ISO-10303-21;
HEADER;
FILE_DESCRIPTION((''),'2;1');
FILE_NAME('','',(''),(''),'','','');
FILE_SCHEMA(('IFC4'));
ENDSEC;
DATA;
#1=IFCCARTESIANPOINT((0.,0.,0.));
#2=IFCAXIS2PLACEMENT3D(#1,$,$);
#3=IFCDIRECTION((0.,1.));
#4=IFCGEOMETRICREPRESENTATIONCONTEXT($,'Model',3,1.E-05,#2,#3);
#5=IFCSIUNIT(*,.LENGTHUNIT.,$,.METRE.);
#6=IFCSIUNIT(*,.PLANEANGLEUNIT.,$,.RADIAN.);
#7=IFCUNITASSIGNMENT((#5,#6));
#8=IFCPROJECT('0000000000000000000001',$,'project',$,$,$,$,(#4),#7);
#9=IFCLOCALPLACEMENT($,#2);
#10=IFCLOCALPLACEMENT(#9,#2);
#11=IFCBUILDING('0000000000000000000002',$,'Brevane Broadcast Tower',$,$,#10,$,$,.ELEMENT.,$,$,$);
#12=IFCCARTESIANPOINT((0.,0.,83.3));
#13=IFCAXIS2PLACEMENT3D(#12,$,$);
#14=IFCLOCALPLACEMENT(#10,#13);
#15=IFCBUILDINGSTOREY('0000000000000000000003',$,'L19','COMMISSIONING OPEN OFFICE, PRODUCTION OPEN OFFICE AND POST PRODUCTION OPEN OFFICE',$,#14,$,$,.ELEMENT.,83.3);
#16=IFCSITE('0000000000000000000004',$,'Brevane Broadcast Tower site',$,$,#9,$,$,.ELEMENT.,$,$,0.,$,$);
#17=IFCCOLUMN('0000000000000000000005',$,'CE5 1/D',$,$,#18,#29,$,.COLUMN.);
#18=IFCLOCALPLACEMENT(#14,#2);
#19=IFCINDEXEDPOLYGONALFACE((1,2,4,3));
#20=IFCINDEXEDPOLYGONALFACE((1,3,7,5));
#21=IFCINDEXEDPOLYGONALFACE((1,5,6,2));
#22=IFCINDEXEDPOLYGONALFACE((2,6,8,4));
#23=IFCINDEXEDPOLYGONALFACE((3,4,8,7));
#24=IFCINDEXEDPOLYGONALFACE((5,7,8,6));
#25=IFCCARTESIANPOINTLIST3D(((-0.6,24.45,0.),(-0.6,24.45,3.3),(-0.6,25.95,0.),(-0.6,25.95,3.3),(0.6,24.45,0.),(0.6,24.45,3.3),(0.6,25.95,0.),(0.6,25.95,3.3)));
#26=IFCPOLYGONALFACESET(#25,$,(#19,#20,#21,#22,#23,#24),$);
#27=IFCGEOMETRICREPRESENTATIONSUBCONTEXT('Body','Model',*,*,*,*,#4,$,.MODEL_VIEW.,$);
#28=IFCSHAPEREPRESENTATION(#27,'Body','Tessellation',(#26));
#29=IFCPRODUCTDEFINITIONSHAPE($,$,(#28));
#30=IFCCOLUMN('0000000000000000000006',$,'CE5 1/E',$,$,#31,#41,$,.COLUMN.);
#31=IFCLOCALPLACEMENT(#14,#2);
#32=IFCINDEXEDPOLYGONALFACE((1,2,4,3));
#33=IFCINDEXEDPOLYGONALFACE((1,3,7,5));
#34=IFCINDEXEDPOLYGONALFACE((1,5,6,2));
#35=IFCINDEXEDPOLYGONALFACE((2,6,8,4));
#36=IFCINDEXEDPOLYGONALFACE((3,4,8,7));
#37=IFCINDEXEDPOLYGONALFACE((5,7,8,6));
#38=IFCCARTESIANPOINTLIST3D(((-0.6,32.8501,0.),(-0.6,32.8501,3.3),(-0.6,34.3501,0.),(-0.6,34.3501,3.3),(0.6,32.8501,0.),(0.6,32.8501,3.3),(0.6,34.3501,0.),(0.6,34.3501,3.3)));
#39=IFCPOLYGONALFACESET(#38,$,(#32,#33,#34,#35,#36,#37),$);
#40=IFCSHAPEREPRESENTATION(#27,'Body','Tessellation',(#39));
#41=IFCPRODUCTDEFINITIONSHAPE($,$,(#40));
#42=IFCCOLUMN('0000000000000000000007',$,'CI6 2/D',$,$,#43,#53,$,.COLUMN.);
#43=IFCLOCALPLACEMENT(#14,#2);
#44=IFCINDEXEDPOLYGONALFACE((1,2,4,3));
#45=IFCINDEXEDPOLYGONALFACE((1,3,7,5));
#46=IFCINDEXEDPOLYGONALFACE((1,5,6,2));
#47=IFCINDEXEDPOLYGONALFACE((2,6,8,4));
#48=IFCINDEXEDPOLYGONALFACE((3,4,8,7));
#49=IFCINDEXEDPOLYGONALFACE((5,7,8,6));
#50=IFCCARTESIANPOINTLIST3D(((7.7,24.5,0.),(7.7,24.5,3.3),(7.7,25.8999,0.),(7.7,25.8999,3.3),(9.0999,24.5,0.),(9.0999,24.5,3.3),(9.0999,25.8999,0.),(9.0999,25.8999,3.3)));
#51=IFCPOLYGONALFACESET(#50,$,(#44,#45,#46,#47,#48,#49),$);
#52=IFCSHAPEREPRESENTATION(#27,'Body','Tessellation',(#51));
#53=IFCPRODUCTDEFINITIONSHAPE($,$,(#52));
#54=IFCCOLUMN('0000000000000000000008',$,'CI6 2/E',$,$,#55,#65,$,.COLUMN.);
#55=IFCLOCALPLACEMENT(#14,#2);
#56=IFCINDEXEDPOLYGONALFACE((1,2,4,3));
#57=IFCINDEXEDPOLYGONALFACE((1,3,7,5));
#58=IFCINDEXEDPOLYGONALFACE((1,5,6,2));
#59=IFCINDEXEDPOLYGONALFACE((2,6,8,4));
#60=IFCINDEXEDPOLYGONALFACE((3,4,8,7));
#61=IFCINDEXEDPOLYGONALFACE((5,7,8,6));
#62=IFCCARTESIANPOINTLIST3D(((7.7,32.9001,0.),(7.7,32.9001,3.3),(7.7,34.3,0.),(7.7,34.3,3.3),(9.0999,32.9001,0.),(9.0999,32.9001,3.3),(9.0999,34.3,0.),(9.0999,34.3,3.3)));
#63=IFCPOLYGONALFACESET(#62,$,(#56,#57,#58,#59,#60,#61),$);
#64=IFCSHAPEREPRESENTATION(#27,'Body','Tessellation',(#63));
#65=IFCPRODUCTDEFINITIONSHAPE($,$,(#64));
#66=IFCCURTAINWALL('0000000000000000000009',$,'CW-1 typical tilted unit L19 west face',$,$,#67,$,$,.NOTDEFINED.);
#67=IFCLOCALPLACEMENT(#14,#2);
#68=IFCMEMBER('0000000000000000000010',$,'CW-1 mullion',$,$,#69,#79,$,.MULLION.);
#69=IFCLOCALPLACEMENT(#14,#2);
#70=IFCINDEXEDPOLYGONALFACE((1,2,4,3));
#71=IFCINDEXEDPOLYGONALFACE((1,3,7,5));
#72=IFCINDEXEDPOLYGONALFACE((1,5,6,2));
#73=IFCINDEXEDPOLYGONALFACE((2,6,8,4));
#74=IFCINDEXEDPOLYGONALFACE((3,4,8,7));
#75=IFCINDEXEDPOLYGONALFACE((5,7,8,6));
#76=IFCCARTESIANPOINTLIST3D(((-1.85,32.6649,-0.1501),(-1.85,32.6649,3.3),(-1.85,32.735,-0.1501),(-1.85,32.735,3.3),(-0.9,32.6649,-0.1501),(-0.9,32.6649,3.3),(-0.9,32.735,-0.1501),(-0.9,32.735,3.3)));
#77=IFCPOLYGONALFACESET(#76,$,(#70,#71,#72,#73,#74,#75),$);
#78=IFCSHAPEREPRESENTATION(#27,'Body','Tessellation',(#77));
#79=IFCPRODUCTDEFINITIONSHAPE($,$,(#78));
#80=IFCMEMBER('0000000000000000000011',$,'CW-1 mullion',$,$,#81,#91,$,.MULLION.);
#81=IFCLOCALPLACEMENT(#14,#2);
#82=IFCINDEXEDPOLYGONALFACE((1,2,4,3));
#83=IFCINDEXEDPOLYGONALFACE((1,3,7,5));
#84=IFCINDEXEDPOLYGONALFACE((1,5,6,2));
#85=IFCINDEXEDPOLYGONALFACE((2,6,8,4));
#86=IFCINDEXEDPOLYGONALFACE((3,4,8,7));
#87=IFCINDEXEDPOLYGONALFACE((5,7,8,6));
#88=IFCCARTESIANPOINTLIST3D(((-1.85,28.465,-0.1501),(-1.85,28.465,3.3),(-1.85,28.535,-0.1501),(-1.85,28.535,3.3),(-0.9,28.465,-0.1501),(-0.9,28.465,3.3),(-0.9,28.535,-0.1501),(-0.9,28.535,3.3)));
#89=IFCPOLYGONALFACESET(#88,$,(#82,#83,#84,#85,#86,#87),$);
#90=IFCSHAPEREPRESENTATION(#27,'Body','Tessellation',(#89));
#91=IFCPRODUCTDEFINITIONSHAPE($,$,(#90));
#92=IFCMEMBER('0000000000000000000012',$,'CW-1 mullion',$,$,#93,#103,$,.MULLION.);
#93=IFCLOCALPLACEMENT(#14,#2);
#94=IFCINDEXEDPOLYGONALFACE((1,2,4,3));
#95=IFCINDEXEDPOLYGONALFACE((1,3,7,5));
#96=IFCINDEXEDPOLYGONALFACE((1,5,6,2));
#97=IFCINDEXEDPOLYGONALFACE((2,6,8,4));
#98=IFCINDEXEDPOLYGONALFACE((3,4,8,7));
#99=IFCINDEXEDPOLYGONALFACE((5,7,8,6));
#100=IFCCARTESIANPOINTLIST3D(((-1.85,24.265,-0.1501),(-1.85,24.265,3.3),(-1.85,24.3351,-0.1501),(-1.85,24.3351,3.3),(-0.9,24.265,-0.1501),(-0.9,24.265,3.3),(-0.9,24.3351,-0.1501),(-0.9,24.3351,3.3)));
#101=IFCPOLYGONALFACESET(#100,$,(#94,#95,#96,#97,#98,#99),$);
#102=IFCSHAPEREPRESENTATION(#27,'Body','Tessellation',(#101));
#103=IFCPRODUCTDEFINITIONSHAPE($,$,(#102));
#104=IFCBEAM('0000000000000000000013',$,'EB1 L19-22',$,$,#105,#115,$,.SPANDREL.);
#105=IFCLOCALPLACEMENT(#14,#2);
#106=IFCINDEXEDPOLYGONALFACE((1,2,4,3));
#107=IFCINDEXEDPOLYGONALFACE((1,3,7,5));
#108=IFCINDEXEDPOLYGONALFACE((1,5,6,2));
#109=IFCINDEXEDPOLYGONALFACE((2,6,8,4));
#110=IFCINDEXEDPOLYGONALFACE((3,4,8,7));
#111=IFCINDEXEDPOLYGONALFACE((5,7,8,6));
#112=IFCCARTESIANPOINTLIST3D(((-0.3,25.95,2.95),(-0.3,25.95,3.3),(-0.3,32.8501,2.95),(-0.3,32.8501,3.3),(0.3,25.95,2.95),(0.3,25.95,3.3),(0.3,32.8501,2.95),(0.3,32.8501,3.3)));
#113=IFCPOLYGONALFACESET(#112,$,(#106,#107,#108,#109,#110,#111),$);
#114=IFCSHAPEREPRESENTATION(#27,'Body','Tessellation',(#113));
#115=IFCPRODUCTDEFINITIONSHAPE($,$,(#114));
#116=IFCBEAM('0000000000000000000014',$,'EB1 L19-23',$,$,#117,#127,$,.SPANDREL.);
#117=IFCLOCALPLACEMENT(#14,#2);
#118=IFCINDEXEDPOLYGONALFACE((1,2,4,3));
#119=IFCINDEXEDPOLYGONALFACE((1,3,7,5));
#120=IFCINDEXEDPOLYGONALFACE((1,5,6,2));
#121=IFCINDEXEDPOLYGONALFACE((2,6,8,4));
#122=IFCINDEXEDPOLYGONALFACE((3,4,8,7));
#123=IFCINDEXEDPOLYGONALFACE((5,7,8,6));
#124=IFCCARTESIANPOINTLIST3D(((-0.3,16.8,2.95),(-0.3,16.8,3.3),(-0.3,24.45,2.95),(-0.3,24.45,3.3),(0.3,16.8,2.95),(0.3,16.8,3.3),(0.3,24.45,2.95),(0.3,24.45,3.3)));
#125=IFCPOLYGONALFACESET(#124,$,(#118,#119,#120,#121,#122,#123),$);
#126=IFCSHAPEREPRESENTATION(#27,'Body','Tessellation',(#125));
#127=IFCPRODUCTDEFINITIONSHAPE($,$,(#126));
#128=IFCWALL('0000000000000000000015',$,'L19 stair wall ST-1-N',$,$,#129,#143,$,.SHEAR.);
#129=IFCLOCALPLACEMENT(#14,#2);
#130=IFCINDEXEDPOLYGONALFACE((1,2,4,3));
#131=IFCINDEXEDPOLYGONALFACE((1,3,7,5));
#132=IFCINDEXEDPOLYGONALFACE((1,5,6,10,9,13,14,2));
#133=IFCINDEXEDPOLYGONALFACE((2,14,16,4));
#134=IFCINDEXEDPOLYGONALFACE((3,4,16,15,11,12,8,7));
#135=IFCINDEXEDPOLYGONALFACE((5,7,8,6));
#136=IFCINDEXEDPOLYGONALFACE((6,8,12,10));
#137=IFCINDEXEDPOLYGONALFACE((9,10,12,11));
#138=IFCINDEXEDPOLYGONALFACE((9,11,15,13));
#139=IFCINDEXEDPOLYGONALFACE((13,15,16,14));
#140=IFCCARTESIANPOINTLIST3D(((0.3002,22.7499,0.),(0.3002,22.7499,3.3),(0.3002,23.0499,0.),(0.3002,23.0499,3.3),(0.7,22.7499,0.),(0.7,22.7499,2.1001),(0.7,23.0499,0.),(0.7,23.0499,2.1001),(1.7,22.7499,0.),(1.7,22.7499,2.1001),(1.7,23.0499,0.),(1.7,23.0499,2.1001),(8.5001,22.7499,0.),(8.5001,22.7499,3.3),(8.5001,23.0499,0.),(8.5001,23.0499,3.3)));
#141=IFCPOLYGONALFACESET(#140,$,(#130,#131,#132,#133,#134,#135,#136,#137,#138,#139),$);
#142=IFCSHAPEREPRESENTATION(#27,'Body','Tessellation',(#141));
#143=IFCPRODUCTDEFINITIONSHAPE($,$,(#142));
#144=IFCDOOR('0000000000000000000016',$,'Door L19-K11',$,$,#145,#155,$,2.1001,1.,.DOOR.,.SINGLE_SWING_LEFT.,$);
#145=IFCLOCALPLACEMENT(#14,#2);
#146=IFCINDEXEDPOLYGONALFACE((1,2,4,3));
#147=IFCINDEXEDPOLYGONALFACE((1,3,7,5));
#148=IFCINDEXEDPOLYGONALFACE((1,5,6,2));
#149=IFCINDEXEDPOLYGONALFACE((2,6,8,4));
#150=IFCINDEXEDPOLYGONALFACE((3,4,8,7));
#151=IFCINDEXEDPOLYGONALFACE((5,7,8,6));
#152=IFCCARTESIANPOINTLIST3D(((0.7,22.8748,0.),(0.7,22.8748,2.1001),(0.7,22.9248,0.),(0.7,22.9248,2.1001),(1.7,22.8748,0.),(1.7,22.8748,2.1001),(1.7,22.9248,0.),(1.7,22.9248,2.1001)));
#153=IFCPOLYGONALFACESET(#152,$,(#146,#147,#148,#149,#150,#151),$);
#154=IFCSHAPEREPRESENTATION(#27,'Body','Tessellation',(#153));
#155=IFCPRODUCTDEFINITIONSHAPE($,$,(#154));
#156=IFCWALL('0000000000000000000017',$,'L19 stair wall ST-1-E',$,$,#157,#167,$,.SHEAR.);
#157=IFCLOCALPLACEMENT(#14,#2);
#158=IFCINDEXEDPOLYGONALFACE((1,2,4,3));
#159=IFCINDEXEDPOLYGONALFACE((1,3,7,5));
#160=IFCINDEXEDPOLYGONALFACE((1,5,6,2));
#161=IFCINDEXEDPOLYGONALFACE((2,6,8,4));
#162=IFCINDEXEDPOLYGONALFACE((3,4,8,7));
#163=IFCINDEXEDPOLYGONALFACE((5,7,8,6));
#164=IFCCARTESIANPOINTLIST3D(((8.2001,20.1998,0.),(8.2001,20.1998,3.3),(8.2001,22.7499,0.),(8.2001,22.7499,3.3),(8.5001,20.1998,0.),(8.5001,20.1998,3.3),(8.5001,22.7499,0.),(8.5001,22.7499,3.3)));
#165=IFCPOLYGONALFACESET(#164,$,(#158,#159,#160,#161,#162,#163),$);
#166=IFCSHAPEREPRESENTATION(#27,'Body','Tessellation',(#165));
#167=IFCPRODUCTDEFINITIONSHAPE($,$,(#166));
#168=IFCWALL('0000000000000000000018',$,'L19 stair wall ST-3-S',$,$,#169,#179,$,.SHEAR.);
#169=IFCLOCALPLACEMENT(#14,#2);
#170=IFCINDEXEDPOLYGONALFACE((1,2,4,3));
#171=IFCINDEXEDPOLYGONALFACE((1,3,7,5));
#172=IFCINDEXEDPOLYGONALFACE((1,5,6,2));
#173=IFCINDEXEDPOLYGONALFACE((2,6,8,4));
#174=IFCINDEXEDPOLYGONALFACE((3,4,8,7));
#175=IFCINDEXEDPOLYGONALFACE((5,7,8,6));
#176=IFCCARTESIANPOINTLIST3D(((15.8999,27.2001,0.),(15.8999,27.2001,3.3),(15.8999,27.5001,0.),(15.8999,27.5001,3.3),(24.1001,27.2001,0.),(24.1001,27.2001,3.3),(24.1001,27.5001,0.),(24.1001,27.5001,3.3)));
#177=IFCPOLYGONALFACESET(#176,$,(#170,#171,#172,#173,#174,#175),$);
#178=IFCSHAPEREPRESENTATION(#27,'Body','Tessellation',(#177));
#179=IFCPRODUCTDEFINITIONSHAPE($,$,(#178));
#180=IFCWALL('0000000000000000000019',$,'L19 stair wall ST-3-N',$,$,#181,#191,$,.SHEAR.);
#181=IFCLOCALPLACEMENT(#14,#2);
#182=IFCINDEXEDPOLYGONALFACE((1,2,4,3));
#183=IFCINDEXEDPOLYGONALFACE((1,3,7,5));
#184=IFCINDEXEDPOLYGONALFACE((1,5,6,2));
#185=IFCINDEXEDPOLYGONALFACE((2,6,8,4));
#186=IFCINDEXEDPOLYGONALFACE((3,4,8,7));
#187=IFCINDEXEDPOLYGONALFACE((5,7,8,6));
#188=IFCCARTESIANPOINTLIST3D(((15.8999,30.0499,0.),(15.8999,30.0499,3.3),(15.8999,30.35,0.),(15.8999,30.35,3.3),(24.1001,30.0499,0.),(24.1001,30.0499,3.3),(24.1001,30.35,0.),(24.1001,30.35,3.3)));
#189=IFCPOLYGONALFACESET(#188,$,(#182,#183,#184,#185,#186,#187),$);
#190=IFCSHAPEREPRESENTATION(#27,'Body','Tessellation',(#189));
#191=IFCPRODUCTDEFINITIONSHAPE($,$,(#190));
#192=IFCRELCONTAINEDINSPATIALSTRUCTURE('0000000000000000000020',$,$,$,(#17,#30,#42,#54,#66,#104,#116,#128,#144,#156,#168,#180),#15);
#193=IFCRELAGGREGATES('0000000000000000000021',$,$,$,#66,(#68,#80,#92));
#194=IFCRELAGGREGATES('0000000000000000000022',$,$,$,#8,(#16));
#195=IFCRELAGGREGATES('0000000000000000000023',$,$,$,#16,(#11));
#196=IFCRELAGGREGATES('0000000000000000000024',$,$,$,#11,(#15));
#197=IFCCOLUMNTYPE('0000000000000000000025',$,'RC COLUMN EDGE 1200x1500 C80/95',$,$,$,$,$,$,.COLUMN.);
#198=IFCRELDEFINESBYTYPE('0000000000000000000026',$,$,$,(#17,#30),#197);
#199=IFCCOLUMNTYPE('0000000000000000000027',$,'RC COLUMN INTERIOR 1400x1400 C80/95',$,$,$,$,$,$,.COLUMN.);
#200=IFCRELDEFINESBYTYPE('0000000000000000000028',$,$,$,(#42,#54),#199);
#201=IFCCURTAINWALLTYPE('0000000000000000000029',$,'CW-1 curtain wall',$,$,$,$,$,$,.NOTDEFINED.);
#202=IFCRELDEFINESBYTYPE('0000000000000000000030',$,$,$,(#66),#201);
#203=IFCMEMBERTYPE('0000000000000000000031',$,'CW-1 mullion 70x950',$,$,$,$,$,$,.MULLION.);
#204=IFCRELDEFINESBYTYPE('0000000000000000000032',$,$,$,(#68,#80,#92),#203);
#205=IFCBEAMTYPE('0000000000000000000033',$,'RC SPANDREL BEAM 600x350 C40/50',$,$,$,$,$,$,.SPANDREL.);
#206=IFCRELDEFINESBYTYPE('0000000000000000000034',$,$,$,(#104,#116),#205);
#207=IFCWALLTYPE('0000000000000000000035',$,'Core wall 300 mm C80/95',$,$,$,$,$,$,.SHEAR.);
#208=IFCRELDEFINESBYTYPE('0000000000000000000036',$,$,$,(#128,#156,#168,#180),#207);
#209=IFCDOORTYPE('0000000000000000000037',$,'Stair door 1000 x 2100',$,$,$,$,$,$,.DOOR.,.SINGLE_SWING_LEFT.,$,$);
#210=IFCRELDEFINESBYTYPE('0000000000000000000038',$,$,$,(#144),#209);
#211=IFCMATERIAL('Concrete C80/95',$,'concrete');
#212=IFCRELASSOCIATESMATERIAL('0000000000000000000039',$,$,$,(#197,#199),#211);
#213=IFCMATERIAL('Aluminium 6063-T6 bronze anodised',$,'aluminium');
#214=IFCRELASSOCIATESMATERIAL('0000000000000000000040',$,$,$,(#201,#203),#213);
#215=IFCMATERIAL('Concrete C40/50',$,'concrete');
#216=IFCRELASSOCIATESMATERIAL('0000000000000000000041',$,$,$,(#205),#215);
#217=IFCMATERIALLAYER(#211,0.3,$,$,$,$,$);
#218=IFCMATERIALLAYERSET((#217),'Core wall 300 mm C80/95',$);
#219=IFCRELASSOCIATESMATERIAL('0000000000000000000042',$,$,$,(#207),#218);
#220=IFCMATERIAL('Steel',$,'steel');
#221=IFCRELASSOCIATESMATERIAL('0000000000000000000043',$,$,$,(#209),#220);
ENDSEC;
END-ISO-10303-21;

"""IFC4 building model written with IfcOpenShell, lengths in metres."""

from ifc_helpers import new_model, si_unit, direction, frame, frame_2d, origin, origin_2d, place, context, subcontext, project, spatial, rectangle, extrude, material, layer, layer_set, material_profile, profile_set, type_object, element, fill, aggregate, save


model = new_model("IFC4")

# Units and contexts
model_context = context("Model", 3, precision=1e-05, world=origin(), true_north=direction((0.0, 1.0)))
body_context = subcontext(model_context, "Body", "Model", "MODEL_VIEW")
ifc_project = project(units=[si_unit("LENGTHUNIT", "METRE"), si_unit("PLANEANGLEUNIT", "RADIAN")], contexts=[model_context])

# Site, building, storey
site_placement = place(None, origin())
site = spatial("IfcSite", under=ifc_project, at=site_placement, Name="Brevane Broadcast Tower site", CompositionType="ELEMENT", RefElevation=0.0)
building_placement = place(site_placement, origin())
building = spatial("IfcBuilding", under=site, at=building_placement, Name="Brevane Broadcast Tower", CompositionType="ELEMENT")
storey_placement = place(building_placement, frame((0.0, 0.0, 83.3)))
storey = spatial("IfcBuildingStorey", under=building, at=storey_placement, Name="L19", Description="COMMISSIONING OPEN OFFICE, PRODUCTION OPEN OFFICE AND POST PRODUCTION OPEN OFFICE", CompositionType="ELEMENT", Elevation=83.3)

# Columns
ifc_material_1 = material(Name="Concrete C80/95", Category="concrete")
ifc_material_profile_1 = material_profile(ifc_material_1, rectangle(XDim=1.2, YDim=1.5, at=origin_2d()), Name="RC 1200x1500")
ifc_profile_set_1 = profile_set([ifc_material_profile_1], Name="Concrete C80/95")
column_type_1 = type_object("IfcColumnType", Name="RC COLUMN EDGE 1200x1500 C80/95", PredefinedType="COLUMN", material=ifc_profile_set_1)
for number, where, z_axis, x_axis, name in (
    (1, (0.0, 25.2, 0.0), (0.0, 0.0, 1.0), (1.0, 0.0, 0.0), "CE5 1/D"),
    (2, (0.0, 33.6001, 0.0), (0.0, 0.0, 1.0), (1.0, 0.0, 0.0), "CE5 1/E"),
):
    element("IfcColumn", number, at=place(storey_placement, frame(where, z_axis=z_axis, x_axis=x_axis)), inside=storey, type_object=column_type_1, Name=name, PredefinedType="COLUMN", context=body_context, shape_type="SweptSolid", body=[
        extrude(rectangle(XDim=1.2, YDim=1.5, at=origin_2d()), origin(), (0.0, 0.0, 1.0), 3.3),
    ])
ifc_material_profile_2 = material_profile(ifc_material_1, rectangle(XDim=1.3999, YDim=1.3999, at=origin_2d()), Name="RC 1400x1400")
ifc_profile_set_2 = profile_set([ifc_material_profile_2], Name="Concrete C80/95")
column_type_2 = type_object("IfcColumnType", Name="RC COLUMN INTERIOR 1400x1400 C80/95", PredefinedType="COLUMN", material=ifc_profile_set_2)
for number, where, z_axis, x_axis, name in (
    (3, (8.3999, 25.2, 0.0), (0.0, 0.0, 1.0), (1.0, 0.0, 0.0), "CI6 2/D"),
    (4, (8.3999, 33.6001, 0.0), (0.0, 0.0, 1.0), (1.0, 0.0, 0.0), "CI6 2/E"),
):
    element("IfcColumn", number, at=place(storey_placement, frame(where, z_axis=z_axis, x_axis=x_axis)), inside=storey, type_object=column_type_2, Name=name, PredefinedType="COLUMN", context=body_context, shape_type="SweptSolid", body=[
        extrude(rectangle(XDim=1.3999, YDim=1.3999, at=origin_2d()), origin(), (0.0, 0.0, 1.0), 3.3),
    ])

# Curtain wall, members
ifc_material_2 = material(Name="Aluminium 6063-T6 bronze anodised", Category="aluminium")
curtain_wall_type = type_object("IfcCurtainWallType", Name="CW-1 curtain wall", PredefinedType="NOTDEFINED", material=ifc_material_2)
curtain_wall_placement = place(storey_placement, origin())
curtain_wall = element("IfcCurtainWall", 5, at=curtain_wall_placement, inside=storey, type_object=curtain_wall_type, Name="CW-1 typical tilted unit L19 west face", PredefinedType="NOTDEFINED")
ifc_material_profile_3 = material_profile(ifc_material_2, rectangle(XDim=0.95, YDim=0.0701, at=origin_2d()), Name="RECT 70x950")
ifc_profile_set_3 = profile_set([ifc_material_profile_3], Name="Aluminium 6063-T6 bronze anodised")
member_type = type_object("IfcMemberType", Name="CW-1 mullion 70x950", PredefinedType="MULLION", material=ifc_profile_set_3)
member_1_placement = place(storey_placement, frame((-1.375, 32.7, -0.1501), z_axis=(0.0, 0.0, 1.0), x_axis=(1.0, 0.0, 0.0)))
member_1 = element("IfcMember", 6, at=member_1_placement, type_object=member_type, Name="CW-1 mullion", PredefinedType="MULLION", context=body_context, shape_type="SweptSolid", body=[
    extrude(rectangle(XDim=0.95, YDim=0.0701, at=origin_2d()), origin(), (0.0, 0.0, 1.0), 3.4502),
])
member_2_placement = place(storey_placement, frame((-1.375, 28.5, -0.1501), z_axis=(0.0, 0.0, 1.0), x_axis=(1.0, 0.0, 0.0)))
member_2 = element("IfcMember", 7, at=member_2_placement, type_object=member_type, Name="CW-1 mullion", PredefinedType="MULLION", context=body_context, shape_type="SweptSolid", body=[
    extrude(rectangle(XDim=0.95, YDim=0.0701, at=origin_2d()), origin(), (0.0, 0.0, 1.0), 3.4502),
])
member_3_placement = place(storey_placement, frame((-1.375, 24.3, -0.1501), z_axis=(0.0, 0.0, 1.0), x_axis=(1.0, 0.0, 0.0)))
member_3 = element("IfcMember", 8, at=member_3_placement, type_object=member_type, Name="CW-1 mullion", PredefinedType="MULLION", context=body_context, shape_type="SweptSolid", body=[
    extrude(rectangle(XDim=0.95, YDim=0.0701, at=origin_2d()), origin(), (0.0, 0.0, 1.0), 3.4502),
])
aggregate(curtain_wall, [member_1, member_2, member_3])

# Beams
ifc_material_3 = material(Name="Concrete C40/50", Category="concrete")
ifc_material_profile_4 = material_profile(ifc_material_3, rectangle(XDim=0.6001, YDim=0.3501, at=origin_2d()), Name="RC 600x350")
ifc_profile_set_4 = profile_set([ifc_material_profile_4], Name="Concrete C40/50")
beam_type = type_object("IfcBeamType", Name="RC SPANDREL BEAM 600x350 C40/50", PredefinedType="SPANDREL", material=ifc_profile_set_4)
beam_1_placement = place(storey_placement, frame((0.0, 32.8501, 3.125), z_axis=(0.0, -1.0, 0.0), x_axis=(1.0, 0.0, 0.0)))
element("IfcBeam", 9, at=beam_1_placement, inside=storey, type_object=beam_type, Name="EB1 L19-22", PredefinedType="SPANDREL", context=body_context, shape_type="SweptSolid", body=[
    extrude(rectangle(XDim=0.6001, YDim=0.3501, at=origin_2d()), origin(), (0.0, 0.0, 1.0), 6.9001),
])
beam_2_placement = place(storey_placement, frame((0.0, 24.45, 3.125), z_axis=(0.0, -1.0, 0.0), x_axis=(1.0, 0.0, 0.0)))
element("IfcBeam", 10, at=beam_2_placement, inside=storey, type_object=beam_type, Name="EB1 L19-23", PredefinedType="SPANDREL", context=body_context, shape_type="SweptSolid", body=[
    extrude(rectangle(XDim=0.6001, YDim=0.3501, at=origin_2d()), origin(), (0.0, 0.0, 1.0), 7.6499),
])

# Wall, opening, door
ifc_layer_1 = layer(ifc_material_1, 0.3)
ifc_layer_set_1 = layer_set([ifc_layer_1], Name="Core wall 300 mm C80/95")
wall_type_1 = type_object("IfcWallType", Name="Core wall 300 mm C80/95", PredefinedType="SHEAR", material=ifc_layer_set_1)
wall_1_placement = place(storey_placement, frame((0.3, 22.8999, 0.0), z_axis=(0.0, 0.0, 1.0), x_axis=(1.0, 0.0, 0.0)))
wall_1 = element("IfcWall", 11, at=wall_1_placement, inside=storey, type_object=wall_type_1, Name="L19 stair wall ST-1-N", PredefinedType="SHEAR", context=body_context, shape_type="SweptSolid", body=[
    extrude(rectangle(XDim=8.2, YDim=0.3, at=frame_2d((4.1001, 0.0))), origin(), (0.0, 0.0, 1.0), 3.3),
])
opening_1_placement = place(wall_1_placement, frame((0.3999, 0.0, 0.0)))
opening_1 = element("IfcOpeningElement", 12, at=opening_1_placement, cuts=wall_1, PredefinedType="OPENING", context=body_context, shape_type="SweptSolid", body=[
    extrude(rectangle(XDim=1.0, YDim=2.1001, at=frame_2d((0.5, 1.05))), frame((0.0, 0.1599, 0.0), z_axis=(0.0, -1.0, 0.0), x_axis=(1.0, 0.0, 0.0)), (0.0, 0.0, 1.0), 0.3201),
])
ifc_material_4 = material(Name="Steel", Category="steel")
door_type_1 = type_object("IfcDoorType", Name="Stair door 1000 x 2100", OperationType="SINGLE_SWING_LEFT", PredefinedType="DOOR", material=ifc_material_4)
door_1_placement = place(opening_1_placement, origin())
door_1 = element("IfcDoor", 13, at=door_1_placement, inside=storey, type_object=door_type_1, Name="Door L19-K11", OperationType="SINGLE_SWING_LEFT", OverallHeight=2.1001, OverallWidth=1.0, PredefinedType="DOOR", context=body_context, shape_type="SweptSolid", body=[
    extrude(rectangle(XDim=1.0, YDim=2.1001, at=frame_2d((0.5, 1.05))), frame((0.0, 0.0249, 0.0), z_axis=(0.0, -1.0, 0.0), x_axis=(1.0, 0.0, 0.0)), (0.0, 0.0, 1.0), 0.05),
])
fill(opening_1, door_1)

# Walls
wall_2_placement = place(storey_placement, frame((8.3501, 20.2, 0.0), z_axis=(0.0, 0.0, 1.0), x_axis=(0.0, 1.0, 0.0)))
element("IfcWall", 14, at=wall_2_placement, inside=storey, type_object=wall_type_1, Name="L19 stair wall ST-1-E", PredefinedType="SHEAR", context=body_context, shape_type="SweptSolid", body=[
    extrude(rectangle(XDim=2.55, YDim=0.3, at=frame_2d((1.2749, 0.0))), origin(), (0.0, 0.0, 1.0), 3.3),
])
for number, where, z_axis, x_axis, name in (
    (15, (15.8999, 27.3501, 0.0), (0.0, 0.0, 1.0), (1.0, 0.0, 0.0), "L19 stair wall ST-3-S"),
    (16, (15.8999, 30.2, 0.0), (0.0, 0.0, 1.0), (1.0, 0.0, 0.0), "L19 stair wall ST-3-N"),
):
    element("IfcWall", number, at=place(storey_placement, frame(where, z_axis=z_axis, x_axis=x_axis)), inside=storey, type_object=wall_type_1, Name=name, PredefinedType="SHEAR", context=body_context, shape_type="SweptSolid", body=[
        extrude(rectangle(XDim=8.2002, YDim=0.3, at=frame_2d((4.1001, 0.0))), origin(), (0.0, 0.0, 1.0), 3.3),
    ])

save(model, "model.ifc")
